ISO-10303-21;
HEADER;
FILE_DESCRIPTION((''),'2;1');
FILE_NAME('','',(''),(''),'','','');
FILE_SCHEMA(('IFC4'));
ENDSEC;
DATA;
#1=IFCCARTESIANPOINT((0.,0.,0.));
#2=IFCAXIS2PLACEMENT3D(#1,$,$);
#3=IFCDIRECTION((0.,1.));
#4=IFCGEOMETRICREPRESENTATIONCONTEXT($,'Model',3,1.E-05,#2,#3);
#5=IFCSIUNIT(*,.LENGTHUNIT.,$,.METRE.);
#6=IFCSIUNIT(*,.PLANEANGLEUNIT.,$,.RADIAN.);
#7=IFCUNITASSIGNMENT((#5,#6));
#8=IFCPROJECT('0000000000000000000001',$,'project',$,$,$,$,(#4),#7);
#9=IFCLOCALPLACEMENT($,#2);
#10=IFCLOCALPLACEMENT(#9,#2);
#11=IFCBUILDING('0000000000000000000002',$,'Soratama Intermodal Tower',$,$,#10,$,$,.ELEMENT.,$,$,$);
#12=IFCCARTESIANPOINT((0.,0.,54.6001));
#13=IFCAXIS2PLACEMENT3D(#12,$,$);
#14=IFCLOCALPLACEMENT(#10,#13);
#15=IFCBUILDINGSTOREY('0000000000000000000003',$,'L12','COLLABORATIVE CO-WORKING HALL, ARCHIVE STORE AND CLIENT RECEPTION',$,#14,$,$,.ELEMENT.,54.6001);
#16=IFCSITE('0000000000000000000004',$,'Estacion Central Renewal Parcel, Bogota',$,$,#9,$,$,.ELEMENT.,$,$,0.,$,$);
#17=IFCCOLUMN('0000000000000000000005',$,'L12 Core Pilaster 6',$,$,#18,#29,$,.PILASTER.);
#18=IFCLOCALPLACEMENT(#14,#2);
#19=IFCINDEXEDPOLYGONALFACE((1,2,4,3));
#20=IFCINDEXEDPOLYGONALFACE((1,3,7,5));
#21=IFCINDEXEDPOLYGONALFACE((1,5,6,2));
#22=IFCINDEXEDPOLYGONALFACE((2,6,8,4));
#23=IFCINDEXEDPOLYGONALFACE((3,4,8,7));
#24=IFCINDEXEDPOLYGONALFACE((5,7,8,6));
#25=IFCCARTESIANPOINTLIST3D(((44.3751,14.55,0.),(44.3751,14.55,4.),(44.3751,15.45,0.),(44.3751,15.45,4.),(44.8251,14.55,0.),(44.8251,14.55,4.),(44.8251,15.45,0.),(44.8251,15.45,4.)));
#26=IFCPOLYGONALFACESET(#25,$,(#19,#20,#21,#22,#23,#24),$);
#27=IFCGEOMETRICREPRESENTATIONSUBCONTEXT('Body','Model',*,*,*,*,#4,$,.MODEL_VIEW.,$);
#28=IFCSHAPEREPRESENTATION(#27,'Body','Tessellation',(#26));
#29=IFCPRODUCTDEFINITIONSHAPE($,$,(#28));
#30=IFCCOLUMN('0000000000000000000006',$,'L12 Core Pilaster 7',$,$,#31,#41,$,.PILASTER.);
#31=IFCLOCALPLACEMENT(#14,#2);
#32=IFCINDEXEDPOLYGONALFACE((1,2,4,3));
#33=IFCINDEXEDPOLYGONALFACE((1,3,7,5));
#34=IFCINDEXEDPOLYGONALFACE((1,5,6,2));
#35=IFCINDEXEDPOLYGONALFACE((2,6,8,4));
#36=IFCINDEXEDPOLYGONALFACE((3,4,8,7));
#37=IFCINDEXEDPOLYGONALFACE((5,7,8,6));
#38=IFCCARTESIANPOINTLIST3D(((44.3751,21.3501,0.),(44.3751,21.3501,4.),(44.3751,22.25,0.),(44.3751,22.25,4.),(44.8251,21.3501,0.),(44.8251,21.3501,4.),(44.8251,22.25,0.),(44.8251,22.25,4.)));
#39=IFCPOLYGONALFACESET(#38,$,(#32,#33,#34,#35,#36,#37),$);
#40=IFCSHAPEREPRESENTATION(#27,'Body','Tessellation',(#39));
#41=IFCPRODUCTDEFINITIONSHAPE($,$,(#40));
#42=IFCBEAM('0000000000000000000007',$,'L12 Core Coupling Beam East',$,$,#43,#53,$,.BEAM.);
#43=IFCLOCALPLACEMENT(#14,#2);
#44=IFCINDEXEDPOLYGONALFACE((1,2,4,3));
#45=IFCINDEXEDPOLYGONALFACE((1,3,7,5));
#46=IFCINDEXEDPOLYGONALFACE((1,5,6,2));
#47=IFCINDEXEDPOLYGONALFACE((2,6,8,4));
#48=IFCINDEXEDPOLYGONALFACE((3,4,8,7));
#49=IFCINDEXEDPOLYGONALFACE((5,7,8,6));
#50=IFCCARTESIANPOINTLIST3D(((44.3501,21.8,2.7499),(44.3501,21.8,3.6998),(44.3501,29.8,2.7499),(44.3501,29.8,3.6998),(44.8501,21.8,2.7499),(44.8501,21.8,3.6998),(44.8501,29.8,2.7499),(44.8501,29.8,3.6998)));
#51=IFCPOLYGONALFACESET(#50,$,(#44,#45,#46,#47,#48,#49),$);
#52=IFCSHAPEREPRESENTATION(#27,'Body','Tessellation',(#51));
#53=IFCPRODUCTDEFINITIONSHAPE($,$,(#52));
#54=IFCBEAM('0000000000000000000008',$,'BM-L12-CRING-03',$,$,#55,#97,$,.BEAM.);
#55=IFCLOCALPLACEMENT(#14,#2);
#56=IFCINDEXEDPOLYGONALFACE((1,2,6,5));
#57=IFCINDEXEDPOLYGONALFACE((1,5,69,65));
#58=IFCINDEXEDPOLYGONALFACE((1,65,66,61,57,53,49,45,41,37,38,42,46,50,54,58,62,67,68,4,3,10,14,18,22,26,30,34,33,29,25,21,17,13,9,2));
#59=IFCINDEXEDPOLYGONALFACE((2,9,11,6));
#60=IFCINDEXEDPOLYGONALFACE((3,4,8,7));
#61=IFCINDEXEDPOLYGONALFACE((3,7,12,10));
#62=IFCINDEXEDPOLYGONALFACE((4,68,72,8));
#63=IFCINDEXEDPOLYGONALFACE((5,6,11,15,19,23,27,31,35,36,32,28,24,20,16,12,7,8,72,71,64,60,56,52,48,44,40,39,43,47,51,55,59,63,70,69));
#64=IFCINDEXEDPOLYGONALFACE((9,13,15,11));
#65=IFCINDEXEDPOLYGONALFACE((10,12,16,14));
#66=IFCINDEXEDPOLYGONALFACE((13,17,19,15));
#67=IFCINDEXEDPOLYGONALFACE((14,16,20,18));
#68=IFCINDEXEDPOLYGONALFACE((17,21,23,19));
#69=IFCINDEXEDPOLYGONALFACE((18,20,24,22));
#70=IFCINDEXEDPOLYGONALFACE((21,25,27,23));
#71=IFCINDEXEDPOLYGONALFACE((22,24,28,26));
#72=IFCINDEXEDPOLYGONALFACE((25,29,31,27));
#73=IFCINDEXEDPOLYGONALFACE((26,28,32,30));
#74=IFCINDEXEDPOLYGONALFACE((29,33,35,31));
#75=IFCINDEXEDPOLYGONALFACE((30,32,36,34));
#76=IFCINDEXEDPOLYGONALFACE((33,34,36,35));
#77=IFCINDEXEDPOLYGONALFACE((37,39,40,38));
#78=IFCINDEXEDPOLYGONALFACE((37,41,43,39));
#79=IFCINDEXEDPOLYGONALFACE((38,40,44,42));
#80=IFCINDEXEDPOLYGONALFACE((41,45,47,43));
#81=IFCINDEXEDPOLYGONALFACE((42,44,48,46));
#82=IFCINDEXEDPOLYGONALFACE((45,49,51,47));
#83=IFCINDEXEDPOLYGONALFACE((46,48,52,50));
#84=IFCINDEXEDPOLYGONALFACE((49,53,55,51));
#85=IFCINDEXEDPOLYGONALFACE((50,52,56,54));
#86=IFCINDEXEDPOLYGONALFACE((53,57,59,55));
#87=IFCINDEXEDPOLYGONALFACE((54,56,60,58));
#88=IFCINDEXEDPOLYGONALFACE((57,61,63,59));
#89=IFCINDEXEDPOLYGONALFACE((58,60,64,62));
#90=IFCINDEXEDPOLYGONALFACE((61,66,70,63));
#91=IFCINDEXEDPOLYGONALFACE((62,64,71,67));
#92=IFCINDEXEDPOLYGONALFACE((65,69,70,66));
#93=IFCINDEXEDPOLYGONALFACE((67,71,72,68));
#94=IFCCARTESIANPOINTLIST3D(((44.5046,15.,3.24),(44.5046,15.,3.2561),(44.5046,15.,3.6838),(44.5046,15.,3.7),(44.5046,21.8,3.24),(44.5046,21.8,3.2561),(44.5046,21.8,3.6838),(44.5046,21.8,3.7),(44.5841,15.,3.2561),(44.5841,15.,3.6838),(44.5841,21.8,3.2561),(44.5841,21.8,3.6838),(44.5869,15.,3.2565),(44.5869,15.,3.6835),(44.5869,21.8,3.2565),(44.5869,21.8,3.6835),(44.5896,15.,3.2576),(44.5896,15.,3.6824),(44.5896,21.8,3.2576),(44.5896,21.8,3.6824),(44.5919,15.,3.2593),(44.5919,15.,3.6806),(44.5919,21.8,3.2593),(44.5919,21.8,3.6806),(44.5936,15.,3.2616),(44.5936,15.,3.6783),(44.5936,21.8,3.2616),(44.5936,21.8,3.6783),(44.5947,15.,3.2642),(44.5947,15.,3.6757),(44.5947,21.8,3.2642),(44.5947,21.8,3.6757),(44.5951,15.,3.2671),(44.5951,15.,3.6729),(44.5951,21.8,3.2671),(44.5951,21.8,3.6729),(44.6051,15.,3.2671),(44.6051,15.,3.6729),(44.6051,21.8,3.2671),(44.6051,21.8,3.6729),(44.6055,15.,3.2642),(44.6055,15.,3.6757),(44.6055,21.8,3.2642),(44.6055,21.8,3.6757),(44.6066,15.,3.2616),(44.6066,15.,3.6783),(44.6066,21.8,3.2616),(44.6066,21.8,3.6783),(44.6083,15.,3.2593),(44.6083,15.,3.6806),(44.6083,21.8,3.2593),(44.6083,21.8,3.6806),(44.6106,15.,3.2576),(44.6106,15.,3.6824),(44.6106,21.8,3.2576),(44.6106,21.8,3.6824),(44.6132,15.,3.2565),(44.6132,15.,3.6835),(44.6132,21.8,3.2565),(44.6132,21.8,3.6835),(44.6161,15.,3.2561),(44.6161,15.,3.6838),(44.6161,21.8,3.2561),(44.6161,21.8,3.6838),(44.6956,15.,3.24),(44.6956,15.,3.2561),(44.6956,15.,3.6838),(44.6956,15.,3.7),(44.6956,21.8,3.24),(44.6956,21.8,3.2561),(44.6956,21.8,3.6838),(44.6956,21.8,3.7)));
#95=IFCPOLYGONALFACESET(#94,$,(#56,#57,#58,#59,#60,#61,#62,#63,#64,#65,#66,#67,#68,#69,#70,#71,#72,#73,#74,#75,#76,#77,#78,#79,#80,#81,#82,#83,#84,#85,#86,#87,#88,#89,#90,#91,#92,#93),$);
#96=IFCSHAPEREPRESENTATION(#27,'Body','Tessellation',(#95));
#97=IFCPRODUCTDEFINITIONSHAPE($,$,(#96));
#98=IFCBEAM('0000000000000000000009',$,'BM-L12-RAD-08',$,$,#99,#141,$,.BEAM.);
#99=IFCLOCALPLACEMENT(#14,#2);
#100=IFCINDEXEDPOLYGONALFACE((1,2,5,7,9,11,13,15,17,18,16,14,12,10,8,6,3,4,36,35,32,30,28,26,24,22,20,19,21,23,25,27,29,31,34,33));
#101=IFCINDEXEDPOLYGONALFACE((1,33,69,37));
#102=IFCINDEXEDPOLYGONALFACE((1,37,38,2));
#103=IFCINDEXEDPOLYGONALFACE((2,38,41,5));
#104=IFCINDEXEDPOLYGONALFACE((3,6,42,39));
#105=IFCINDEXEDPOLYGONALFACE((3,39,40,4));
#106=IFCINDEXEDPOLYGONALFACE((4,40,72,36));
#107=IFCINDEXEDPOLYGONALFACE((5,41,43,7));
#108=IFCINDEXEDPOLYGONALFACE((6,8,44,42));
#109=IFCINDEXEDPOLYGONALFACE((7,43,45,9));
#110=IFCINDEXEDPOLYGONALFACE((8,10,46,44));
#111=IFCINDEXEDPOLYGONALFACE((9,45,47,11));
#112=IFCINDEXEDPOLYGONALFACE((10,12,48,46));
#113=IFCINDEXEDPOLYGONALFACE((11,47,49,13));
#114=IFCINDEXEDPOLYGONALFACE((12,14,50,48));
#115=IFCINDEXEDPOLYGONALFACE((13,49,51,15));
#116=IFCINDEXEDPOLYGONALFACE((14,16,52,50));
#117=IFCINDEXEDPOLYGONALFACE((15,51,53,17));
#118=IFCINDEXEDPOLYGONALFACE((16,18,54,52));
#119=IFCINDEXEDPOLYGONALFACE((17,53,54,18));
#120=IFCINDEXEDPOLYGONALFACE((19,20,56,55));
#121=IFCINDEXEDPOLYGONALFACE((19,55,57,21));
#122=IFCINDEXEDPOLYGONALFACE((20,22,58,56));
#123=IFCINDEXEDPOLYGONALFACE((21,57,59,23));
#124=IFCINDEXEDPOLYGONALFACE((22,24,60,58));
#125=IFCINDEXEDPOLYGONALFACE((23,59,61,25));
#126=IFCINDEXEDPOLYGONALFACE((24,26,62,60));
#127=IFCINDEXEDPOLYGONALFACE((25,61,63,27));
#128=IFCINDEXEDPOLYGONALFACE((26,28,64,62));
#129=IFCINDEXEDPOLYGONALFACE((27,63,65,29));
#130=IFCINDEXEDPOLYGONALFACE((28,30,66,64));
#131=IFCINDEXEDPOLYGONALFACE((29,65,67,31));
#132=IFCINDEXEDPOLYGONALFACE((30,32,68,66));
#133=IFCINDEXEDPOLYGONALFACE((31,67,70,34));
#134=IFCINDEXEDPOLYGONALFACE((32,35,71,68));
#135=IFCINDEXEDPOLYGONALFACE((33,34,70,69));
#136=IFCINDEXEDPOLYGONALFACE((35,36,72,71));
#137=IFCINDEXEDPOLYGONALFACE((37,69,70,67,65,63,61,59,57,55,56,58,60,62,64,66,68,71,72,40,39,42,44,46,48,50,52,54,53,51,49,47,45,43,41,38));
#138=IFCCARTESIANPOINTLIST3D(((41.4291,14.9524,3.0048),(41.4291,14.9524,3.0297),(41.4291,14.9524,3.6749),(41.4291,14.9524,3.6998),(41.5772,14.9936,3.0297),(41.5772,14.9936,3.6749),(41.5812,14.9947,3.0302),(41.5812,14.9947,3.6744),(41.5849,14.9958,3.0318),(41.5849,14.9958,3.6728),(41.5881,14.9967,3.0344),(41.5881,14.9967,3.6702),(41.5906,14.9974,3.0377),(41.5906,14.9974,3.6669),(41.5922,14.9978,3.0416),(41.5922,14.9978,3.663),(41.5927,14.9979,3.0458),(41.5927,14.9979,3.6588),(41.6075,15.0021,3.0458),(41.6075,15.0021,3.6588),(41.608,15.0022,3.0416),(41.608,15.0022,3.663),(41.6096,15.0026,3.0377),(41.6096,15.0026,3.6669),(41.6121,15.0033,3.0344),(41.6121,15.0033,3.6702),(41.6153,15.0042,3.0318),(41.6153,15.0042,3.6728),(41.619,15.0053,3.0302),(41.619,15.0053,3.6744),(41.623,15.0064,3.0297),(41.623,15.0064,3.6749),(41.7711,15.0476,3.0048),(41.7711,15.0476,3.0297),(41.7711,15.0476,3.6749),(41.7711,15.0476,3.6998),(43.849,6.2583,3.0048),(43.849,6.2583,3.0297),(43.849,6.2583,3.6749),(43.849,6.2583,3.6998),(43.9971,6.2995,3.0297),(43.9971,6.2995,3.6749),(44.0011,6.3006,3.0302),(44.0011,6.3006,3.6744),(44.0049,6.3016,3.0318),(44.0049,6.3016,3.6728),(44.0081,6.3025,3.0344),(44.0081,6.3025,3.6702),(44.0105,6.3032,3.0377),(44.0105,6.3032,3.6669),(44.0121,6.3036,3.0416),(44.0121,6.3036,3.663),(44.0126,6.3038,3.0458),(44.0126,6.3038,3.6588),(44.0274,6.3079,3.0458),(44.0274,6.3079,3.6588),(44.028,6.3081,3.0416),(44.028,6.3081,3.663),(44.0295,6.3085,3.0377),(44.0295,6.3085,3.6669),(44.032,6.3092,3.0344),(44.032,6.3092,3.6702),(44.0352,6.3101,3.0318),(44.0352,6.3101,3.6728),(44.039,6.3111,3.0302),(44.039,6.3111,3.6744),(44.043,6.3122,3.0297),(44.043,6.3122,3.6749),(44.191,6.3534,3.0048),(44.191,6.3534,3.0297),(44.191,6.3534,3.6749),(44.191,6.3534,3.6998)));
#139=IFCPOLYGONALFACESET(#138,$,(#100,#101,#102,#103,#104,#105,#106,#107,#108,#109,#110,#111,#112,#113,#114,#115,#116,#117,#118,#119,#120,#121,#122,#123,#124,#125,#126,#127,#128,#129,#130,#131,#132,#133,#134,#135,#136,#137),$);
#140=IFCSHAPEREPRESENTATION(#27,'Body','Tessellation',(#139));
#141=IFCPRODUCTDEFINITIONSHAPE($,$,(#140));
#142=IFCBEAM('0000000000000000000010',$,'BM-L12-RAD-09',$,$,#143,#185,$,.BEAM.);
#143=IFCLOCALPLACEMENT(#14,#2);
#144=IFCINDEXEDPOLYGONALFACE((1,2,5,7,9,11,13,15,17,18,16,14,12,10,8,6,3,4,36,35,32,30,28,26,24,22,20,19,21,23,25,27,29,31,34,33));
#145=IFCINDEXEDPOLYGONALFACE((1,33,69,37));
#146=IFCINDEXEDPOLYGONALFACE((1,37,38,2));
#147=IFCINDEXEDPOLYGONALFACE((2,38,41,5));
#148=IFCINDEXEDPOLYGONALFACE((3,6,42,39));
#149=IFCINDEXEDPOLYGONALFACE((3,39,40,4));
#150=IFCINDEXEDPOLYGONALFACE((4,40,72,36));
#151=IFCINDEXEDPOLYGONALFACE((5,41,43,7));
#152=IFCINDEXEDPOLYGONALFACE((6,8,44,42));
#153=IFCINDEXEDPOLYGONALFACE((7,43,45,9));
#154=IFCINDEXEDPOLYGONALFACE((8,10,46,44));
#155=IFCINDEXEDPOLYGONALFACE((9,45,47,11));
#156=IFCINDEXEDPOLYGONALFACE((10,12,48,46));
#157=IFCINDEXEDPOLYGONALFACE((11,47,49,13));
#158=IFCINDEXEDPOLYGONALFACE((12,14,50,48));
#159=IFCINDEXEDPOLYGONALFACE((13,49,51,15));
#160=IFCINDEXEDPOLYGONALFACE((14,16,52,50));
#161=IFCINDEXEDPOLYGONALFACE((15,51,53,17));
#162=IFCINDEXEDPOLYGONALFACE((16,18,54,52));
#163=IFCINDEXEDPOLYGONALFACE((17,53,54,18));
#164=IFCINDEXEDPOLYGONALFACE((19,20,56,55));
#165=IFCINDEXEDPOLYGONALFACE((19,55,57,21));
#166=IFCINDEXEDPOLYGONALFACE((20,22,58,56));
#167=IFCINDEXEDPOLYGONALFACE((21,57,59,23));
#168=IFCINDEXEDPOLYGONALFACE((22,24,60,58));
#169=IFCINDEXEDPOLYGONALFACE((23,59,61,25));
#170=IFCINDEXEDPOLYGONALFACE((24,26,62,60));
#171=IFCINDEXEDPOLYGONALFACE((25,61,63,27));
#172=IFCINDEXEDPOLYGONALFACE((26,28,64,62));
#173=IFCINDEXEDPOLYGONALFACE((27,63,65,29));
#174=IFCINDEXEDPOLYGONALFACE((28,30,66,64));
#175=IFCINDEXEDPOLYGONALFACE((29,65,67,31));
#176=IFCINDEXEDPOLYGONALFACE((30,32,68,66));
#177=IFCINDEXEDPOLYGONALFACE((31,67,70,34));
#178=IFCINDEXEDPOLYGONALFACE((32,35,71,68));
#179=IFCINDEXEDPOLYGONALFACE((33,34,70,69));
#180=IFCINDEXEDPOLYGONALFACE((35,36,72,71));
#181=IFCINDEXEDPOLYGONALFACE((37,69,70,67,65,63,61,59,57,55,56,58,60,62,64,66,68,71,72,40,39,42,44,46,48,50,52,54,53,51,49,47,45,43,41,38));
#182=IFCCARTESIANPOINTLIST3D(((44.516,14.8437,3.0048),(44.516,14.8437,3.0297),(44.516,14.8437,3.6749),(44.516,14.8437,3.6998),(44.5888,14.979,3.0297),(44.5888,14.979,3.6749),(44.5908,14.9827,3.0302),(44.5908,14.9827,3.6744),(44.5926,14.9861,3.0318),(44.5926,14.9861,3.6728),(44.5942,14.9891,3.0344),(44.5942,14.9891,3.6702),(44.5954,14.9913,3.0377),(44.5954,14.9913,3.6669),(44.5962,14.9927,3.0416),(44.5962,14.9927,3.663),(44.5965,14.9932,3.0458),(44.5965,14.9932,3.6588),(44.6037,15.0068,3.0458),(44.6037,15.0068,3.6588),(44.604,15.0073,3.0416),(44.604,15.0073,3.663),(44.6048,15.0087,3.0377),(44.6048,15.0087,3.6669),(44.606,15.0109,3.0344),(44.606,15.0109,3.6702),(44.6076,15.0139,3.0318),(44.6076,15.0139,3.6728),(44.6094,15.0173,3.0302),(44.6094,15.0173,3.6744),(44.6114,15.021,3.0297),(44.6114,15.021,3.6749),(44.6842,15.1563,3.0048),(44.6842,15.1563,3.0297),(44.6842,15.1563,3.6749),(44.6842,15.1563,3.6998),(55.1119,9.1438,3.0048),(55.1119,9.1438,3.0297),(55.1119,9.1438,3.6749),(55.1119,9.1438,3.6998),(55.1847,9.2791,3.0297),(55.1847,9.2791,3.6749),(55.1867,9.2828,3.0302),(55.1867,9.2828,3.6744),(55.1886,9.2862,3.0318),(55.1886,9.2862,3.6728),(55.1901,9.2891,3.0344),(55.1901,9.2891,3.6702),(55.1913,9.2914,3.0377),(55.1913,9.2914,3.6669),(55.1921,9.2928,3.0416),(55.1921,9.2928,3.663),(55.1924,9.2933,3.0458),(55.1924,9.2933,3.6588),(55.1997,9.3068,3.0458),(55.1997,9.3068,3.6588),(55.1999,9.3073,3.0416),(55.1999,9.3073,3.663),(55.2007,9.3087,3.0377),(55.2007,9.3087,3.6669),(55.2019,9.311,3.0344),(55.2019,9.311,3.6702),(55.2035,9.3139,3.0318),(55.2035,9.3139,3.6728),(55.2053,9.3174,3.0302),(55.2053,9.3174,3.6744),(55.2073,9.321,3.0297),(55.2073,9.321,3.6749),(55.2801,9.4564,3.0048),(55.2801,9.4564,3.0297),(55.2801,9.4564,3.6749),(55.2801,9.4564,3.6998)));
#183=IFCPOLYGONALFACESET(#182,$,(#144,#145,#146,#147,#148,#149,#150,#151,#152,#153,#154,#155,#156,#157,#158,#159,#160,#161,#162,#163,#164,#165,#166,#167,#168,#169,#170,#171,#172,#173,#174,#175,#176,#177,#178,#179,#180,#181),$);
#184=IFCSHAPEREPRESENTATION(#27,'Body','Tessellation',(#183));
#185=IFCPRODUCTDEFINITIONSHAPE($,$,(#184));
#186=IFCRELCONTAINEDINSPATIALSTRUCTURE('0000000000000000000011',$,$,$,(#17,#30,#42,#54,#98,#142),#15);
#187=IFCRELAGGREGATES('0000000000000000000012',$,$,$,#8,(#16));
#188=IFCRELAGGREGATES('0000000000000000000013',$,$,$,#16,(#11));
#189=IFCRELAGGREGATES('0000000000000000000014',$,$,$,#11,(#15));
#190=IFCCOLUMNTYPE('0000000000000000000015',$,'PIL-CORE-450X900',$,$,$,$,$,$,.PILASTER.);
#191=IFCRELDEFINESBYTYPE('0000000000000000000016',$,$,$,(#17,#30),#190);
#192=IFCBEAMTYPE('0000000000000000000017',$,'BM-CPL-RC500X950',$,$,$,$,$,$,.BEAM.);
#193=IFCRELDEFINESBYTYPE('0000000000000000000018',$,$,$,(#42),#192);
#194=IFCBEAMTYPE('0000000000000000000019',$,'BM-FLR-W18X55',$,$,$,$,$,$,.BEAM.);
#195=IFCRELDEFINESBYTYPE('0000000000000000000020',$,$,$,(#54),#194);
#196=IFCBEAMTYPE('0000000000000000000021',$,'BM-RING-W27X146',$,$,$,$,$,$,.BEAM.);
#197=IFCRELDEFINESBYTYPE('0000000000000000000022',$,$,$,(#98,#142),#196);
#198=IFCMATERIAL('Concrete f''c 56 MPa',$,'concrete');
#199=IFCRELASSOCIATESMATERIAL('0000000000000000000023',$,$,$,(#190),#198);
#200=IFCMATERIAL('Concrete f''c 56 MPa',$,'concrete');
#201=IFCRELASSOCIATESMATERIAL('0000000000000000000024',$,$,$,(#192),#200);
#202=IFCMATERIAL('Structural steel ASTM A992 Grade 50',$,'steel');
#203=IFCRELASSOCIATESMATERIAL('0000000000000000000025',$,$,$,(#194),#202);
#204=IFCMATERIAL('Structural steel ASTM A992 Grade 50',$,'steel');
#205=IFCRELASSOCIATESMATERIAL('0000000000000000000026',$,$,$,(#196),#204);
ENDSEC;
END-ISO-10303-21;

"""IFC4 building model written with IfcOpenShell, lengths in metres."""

from ifc_helpers import new_model, si_unit, direction, frame, origin, origin_2d, place, context, subcontext, project, spatial, rectangle, i_section, extrude, material, material_profile, profile_set, type_object, element, save


model = new_model("IFC4")

# Units and contexts
model_context = context("Model", 3, precision=1e-05, world=origin(), true_north=direction((0.0, 1.0)))
body_context = subcontext(model_context, "Body", "Model", "MODEL_VIEW")
ifc_project = project(units=[si_unit("LENGTHUNIT", "METRE"), si_unit("PLANEANGLEUNIT", "RADIAN")], contexts=[model_context])

# Site, building, storey
site_placement = place(None, origin())
site = spatial("IfcSite", under=ifc_project, at=site_placement, Name="Estacion Central Renewal Parcel, Bogota", CompositionType="ELEMENT", RefElevation=0.0)
building_placement = place(site_placement, origin())
building = spatial("IfcBuilding", under=site, at=building_placement, Name="Soratama Intermodal Tower", CompositionType="ELEMENT")
storey_placement = place(building_placement, frame((0.0, 0.0, 54.6001)))
storey = spatial("IfcBuildingStorey", under=building, at=storey_placement, Name="L12", Description="COLLABORATIVE CO-WORKING HALL, ARCHIVE STORE AND CLIENT RECEPTION", CompositionType="ELEMENT", Elevation=54.6001)

# Columns
ifc_material_1 = material(Name="Concrete f'c 56 MPa", Category="concrete")
ifc_material_profile_1 = material_profile(ifc_material_1, rectangle(XDim=0.45, YDim=0.8999, at=origin_2d()), Name="RC450X900")
ifc_profile_set_1 = profile_set([ifc_material_profile_1], Name="Concrete f'c 56 MPa")
column_type = type_object("IfcColumnType", Name="PIL-CORE-450X900", PredefinedType="PILASTER", material=ifc_profile_set_1)
for number, where, z_axis, x_axis, name in (
    (1, (44.6001, 15.0, 0.0), (0.0, 0.0, 1.0), (1.0, 0.0, 0.0), "L12 Core Pilaster 6"),
    (2, (44.6001, 21.8, 0.0), (0.0, 0.0, 1.0), (1.0, 0.0, 0.0), "L12 Core Pilaster 7"),
):
    element("IfcColumn", number, at=place(storey_placement, frame(where, z_axis=z_axis, x_axis=x_axis)), inside=storey, type_object=column_type, Name=name, PredefinedType="PILASTER", context=body_context, shape_type="SweptSolid", body=[
        extrude(rectangle(XDim=0.45, YDim=0.8999, at=origin_2d()), origin(), (0.0, 0.0, 1.0), 4.0),
    ])

# Beams
ifc_material_2 = material(Name="Concrete f'c 56 MPa", Category="concrete")
ifc_material_profile_2 = material_profile(ifc_material_2, rectangle(XDim=0.5, YDim=0.95, at=origin_2d()), Name="RC500X950")
ifc_profile_set_2 = profile_set([ifc_material_profile_2], Name="Concrete f'c 56 MPa")
beam_type_1 = type_object("IfcBeamType", Name="BM-CPL-RC500X950", PredefinedType="BEAM", material=ifc_profile_set_2)
beam_1_placement = place(storey_placement, frame((44.6001, 21.8, 3.2249), z_axis=(0.0, 1.0, 0.0), x_axis=(-1.0, 0.0, 0.0)))
element("IfcBeam", 3, at=beam_1_placement, inside=storey, type_object=beam_type_1, Name="L12 Core Coupling Beam East", PredefinedType="BEAM", context=body_context, shape_type="SweptSolid", body=[
    extrude(rectangle(XDim=0.5, YDim=0.95, at=origin_2d()), origin(), (0.0, 0.0, 1.0), 8.0),
])
ifc_material_3 = material(Name="Structural steel ASTM A992 Grade 50", Category="steel")
ifc_material_profile_3 = material_profile(ifc_material_3, i_section(OverallWidth=0.1909, OverallDepth=0.46, WebThickness=0.01, FlangeThickness=0.0161, FilletRadius=0.011, at=origin_2d()), Name="W18X55")
ifc_profile_set_3 = profile_set([ifc_material_profile_3], Name="Structural steel ASTM A992 Grade 50")
beam_type_2 = type_object("IfcBeamType", Name="BM-FLR-W18X55", PredefinedType="BEAM", material=ifc_profile_set_3)
beam_2_placement = place(storey_placement, frame((44.6001, 15.0, 3.47), z_axis=(0.0, 1.0, 0.0), x_axis=(-1.0, 0.0, 0.0)))
element("IfcBeam", 4, at=beam_2_placement, inside=storey, type_object=beam_type_2, Name="BM-L12-CRING-03", PredefinedType="BEAM", context=body_context, shape_type="SweptSolid", body=[
    extrude(i_section(OverallWidth=0.1909, OverallDepth=0.46, WebThickness=0.01, FlangeThickness=0.0161, FilletRadius=0.011, at=origin_2d()), origin(), (0.0, 0.0, 1.0), 6.8),
])
ifc_material_4 = material(Name="Structural steel ASTM A992 Grade 50", Category="steel")
ifc_material_profile_4 = material_profile(ifc_material_4, i_section(OverallWidth=0.355, OverallDepth=0.6951, WebThickness=0.0154, FlangeThickness=0.0249, FilletRadius=0.0161, at=origin_2d()), Name="W27X146")
ifc_profile_set_4 = profile_set([ifc_material_profile_4], Name="Structural steel ASTM A992 Grade 50")
beam_type_3 = type_object("IfcBeamType", Name="BM-RING-W27X146", PredefinedType="BEAM", material=ifc_profile_set_4)
beam_3_placement = place(storey_placement, frame((41.6001, 15.0, 3.3523), z_axis=(0.268148, -0.963378, 0.0), x_axis=(0.963378, 0.268148, 0.0)))
element("IfcBeam", 5, at=beam_3_placement, inside=storey, type_object=beam_type_3, Name="BM-L12-RAD-08", PredefinedType="BEAM", context=body_context, shape_type="SweptSolid", body=[
    extrude(i_section(OverallWidth=0.355, OverallDepth=0.6951, WebThickness=0.0154, FlangeThickness=0.0249, FilletRadius=0.0161, at=origin_2d()), origin(), (0.0, 0.0, 1.0), 9.0247),
])
beam_4_placement = place(storey_placement, frame((44.6001, 15.0, 3.3523), z_axis=(0.880664, -0.473742, 0.0), x_axis=(0.473742, 0.880664, 0.0)))
element("IfcBeam", 6, at=beam_4_placement, inside=storey, type_object=beam_type_3, Name="BM-L12-RAD-09", PredefinedType="BEAM", context=body_context, shape_type="SweptSolid", body=[
    extrude(i_section(OverallWidth=0.355, OverallDepth=0.6951, WebThickness=0.0154, FlangeThickness=0.0249, FilletRadius=0.0161, at=origin_2d()), origin(), (0.0, 0.0, 1.0), 12.0317),
])

save(model, "model.ifc")
